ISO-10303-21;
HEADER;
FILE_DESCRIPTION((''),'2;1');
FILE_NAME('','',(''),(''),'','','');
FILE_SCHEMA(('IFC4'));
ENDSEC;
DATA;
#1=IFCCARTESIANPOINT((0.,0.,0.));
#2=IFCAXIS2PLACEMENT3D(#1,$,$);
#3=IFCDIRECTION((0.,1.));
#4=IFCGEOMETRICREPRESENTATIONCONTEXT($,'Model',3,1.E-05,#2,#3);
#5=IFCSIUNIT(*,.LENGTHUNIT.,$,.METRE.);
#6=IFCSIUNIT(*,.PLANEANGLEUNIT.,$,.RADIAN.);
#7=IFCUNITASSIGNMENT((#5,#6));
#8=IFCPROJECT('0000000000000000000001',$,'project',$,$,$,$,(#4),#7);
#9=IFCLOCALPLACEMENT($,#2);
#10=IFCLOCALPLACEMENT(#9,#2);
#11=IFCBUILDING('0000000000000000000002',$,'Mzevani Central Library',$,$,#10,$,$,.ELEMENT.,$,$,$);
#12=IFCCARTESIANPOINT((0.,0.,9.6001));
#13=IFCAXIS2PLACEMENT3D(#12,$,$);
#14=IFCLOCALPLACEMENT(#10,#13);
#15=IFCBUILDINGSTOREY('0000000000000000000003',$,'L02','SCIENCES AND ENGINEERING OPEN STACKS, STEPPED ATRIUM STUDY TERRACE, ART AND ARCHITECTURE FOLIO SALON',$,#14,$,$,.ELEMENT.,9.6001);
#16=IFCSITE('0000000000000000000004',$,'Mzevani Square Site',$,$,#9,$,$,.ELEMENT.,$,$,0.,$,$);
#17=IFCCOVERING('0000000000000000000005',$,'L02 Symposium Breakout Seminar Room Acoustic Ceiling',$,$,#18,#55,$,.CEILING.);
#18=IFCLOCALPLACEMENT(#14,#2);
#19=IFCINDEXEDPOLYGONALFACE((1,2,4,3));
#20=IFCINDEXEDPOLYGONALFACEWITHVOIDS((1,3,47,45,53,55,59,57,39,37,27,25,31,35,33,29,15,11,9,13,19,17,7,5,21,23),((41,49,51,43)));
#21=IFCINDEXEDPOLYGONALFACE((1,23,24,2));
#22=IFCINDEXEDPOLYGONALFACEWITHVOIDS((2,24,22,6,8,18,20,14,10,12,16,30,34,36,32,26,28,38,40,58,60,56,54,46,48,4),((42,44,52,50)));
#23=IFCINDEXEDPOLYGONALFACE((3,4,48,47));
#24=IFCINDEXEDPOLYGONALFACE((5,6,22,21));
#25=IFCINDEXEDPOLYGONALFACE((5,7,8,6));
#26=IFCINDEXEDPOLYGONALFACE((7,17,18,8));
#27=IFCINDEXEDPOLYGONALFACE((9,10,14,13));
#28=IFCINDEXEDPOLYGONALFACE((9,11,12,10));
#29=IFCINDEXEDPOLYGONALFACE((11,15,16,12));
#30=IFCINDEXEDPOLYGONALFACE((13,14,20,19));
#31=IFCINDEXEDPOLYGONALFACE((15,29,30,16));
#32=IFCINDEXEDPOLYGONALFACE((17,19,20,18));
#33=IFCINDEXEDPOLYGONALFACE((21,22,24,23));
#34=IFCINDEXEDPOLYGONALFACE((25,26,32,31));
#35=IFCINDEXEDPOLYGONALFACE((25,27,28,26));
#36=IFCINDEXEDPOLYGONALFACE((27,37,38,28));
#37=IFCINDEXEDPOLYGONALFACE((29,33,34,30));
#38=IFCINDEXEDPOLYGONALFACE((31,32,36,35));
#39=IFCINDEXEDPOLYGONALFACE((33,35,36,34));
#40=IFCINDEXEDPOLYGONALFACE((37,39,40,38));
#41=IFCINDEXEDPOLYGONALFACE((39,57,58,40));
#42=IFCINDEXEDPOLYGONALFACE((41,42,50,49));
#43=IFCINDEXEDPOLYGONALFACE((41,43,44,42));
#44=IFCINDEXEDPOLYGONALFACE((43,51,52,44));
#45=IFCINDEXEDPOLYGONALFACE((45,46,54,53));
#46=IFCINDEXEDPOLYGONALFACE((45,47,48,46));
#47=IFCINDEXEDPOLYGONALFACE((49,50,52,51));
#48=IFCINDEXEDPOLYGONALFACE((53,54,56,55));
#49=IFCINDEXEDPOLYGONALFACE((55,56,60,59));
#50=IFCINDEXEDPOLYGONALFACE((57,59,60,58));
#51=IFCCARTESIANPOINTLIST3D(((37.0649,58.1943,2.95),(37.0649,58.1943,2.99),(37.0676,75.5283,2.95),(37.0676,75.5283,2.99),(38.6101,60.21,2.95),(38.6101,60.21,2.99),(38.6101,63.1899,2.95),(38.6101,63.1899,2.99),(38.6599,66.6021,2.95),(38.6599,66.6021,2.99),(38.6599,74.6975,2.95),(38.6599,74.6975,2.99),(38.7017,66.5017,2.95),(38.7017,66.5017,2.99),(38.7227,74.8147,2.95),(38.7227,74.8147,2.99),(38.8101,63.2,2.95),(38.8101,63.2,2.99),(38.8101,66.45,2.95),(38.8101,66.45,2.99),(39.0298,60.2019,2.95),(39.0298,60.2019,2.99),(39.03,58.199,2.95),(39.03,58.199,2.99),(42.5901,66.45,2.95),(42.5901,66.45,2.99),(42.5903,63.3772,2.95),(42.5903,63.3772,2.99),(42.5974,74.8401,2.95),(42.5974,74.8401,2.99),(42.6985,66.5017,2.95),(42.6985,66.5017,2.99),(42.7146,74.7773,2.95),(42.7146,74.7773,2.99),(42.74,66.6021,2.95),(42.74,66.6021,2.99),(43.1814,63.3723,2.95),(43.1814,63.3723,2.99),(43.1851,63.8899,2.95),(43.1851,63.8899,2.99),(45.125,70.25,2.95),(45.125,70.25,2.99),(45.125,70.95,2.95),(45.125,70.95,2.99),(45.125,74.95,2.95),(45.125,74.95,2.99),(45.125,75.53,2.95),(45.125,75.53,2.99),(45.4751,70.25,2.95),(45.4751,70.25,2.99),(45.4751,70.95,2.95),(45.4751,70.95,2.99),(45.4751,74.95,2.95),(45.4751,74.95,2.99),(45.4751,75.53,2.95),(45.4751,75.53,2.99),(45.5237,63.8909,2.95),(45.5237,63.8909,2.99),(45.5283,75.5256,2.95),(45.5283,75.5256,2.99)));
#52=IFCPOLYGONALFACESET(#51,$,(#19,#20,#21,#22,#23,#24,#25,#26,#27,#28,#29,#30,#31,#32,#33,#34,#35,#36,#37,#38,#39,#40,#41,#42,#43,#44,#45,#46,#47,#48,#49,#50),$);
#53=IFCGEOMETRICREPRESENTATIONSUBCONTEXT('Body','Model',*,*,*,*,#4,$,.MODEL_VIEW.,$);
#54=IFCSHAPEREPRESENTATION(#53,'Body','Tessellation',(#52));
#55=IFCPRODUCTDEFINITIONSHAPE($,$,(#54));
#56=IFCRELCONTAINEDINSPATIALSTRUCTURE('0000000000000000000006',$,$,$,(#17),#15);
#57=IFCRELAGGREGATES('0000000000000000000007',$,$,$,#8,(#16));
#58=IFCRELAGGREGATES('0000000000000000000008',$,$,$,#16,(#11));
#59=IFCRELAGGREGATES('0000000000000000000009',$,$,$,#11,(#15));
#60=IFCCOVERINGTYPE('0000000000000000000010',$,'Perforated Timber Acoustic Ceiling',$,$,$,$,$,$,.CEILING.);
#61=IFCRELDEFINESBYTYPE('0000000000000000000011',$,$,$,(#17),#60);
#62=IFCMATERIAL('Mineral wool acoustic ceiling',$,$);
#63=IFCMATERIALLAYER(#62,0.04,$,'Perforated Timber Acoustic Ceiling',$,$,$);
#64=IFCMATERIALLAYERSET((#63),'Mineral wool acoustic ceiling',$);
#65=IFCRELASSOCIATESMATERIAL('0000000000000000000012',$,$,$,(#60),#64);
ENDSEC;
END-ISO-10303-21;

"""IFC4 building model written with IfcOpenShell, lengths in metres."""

from ifc_helpers import new_model, si_unit, direction, frame, origin, place, context, subcontext, project, spatial, polyline, outline, extrude, material, layer, layer_set, type_object, element, save


model = new_model("IFC4")

# Units and contexts
model_context = context("Model", 3, precision=1e-05, world=origin(), true_north=direction((0.0, 1.0)))
body_context = subcontext(model_context, "Body", "Model", "MODEL_VIEW")
ifc_project = project(units=[si_unit("LENGTHUNIT", "METRE"), si_unit("PLANEANGLEUNIT", "RADIAN")], contexts=[model_context])

# Site, building, storey
site_placement = place(None, origin())
site = spatial("IfcSite", under=ifc_project, at=site_placement, Name="Mzevani Square Site", CompositionType="ELEMENT", RefElevation=0.0)
building_placement = place(site_placement, origin())
building = spatial("IfcBuilding", under=site, at=building_placement, Name="Mzevani Central Library", CompositionType="ELEMENT")
storey_placement = place(building_placement, frame((0.0, 0.0, 9.6001)))
storey = spatial("IfcBuildingStorey", under=building, at=storey_placement, Name="L02", Description="SCIENCES AND ENGINEERING OPEN STACKS, STEPPED ATRIUM STUDY TERRACE, ART AND ARCHITECTURE FOLIO SALON", CompositionType="ELEMENT", Elevation=9.6001)

# Covering
ifc_material_1 = material(Name="Mineral wool acoustic ceiling")
ifc_layer_1 = layer(ifc_material_1, 0.04, Name="Perforated Timber Acoustic Ceiling")
ifc_layer_set_1 = layer_set([ifc_layer_1], Name="Mineral wool acoustic ceiling")
covering_type_1 = type_object("IfcCoveringType", Name="Perforated Timber Acoustic Ceiling", PredefinedType="CEILING", material=ifc_layer_set_1)
covering_1_placement = place(storey_placement, frame((0.0, 0.0, 2.95)))
element("IfcCovering", 1, at=covering_1_placement, inside=storey, type_object=covering_type_1, Name="L02 Symposium Breakout Seminar Room Acoustic Ceiling", PredefinedType="CEILING", context=body_context, shape_type="SweptSolid", body=[
    extrude(outline(polyline([(45.5237, 63.8909), (43.1851, 63.8899), (43.1814, 63.3723), (42.5903, 63.3772), (42.5901, 66.45), (42.6985, 66.5017), (42.74, 66.6021), (42.7146, 74.7773), (42.5974, 74.8401), (38.7227, 74.8147), (38.6599, 74.6975), (38.6599, 66.6021), (38.7017, 66.5017), (38.8101, 66.45), (38.8101, 63.2), (38.6101, 63.1899), (38.6101, 60.21), (39.0298, 60.2019), (39.03, 58.199), (37.0649, 58.1943), (37.0676, 75.5283), (45.125, 75.53), (45.125, 74.95), (45.4751, 74.95), (45.4751, 75.53), (45.5283, 75.5256), (45.5237, 63.8909)]), holes=[polyline([(45.125, 70.95), (45.125, 70.25), (45.4751, 70.25), (45.4751, 70.95), (45.125, 70.95)])]), origin(), (0.0, 0.0, 1.0), 0.04),
])

save(model, "model.ifc")
